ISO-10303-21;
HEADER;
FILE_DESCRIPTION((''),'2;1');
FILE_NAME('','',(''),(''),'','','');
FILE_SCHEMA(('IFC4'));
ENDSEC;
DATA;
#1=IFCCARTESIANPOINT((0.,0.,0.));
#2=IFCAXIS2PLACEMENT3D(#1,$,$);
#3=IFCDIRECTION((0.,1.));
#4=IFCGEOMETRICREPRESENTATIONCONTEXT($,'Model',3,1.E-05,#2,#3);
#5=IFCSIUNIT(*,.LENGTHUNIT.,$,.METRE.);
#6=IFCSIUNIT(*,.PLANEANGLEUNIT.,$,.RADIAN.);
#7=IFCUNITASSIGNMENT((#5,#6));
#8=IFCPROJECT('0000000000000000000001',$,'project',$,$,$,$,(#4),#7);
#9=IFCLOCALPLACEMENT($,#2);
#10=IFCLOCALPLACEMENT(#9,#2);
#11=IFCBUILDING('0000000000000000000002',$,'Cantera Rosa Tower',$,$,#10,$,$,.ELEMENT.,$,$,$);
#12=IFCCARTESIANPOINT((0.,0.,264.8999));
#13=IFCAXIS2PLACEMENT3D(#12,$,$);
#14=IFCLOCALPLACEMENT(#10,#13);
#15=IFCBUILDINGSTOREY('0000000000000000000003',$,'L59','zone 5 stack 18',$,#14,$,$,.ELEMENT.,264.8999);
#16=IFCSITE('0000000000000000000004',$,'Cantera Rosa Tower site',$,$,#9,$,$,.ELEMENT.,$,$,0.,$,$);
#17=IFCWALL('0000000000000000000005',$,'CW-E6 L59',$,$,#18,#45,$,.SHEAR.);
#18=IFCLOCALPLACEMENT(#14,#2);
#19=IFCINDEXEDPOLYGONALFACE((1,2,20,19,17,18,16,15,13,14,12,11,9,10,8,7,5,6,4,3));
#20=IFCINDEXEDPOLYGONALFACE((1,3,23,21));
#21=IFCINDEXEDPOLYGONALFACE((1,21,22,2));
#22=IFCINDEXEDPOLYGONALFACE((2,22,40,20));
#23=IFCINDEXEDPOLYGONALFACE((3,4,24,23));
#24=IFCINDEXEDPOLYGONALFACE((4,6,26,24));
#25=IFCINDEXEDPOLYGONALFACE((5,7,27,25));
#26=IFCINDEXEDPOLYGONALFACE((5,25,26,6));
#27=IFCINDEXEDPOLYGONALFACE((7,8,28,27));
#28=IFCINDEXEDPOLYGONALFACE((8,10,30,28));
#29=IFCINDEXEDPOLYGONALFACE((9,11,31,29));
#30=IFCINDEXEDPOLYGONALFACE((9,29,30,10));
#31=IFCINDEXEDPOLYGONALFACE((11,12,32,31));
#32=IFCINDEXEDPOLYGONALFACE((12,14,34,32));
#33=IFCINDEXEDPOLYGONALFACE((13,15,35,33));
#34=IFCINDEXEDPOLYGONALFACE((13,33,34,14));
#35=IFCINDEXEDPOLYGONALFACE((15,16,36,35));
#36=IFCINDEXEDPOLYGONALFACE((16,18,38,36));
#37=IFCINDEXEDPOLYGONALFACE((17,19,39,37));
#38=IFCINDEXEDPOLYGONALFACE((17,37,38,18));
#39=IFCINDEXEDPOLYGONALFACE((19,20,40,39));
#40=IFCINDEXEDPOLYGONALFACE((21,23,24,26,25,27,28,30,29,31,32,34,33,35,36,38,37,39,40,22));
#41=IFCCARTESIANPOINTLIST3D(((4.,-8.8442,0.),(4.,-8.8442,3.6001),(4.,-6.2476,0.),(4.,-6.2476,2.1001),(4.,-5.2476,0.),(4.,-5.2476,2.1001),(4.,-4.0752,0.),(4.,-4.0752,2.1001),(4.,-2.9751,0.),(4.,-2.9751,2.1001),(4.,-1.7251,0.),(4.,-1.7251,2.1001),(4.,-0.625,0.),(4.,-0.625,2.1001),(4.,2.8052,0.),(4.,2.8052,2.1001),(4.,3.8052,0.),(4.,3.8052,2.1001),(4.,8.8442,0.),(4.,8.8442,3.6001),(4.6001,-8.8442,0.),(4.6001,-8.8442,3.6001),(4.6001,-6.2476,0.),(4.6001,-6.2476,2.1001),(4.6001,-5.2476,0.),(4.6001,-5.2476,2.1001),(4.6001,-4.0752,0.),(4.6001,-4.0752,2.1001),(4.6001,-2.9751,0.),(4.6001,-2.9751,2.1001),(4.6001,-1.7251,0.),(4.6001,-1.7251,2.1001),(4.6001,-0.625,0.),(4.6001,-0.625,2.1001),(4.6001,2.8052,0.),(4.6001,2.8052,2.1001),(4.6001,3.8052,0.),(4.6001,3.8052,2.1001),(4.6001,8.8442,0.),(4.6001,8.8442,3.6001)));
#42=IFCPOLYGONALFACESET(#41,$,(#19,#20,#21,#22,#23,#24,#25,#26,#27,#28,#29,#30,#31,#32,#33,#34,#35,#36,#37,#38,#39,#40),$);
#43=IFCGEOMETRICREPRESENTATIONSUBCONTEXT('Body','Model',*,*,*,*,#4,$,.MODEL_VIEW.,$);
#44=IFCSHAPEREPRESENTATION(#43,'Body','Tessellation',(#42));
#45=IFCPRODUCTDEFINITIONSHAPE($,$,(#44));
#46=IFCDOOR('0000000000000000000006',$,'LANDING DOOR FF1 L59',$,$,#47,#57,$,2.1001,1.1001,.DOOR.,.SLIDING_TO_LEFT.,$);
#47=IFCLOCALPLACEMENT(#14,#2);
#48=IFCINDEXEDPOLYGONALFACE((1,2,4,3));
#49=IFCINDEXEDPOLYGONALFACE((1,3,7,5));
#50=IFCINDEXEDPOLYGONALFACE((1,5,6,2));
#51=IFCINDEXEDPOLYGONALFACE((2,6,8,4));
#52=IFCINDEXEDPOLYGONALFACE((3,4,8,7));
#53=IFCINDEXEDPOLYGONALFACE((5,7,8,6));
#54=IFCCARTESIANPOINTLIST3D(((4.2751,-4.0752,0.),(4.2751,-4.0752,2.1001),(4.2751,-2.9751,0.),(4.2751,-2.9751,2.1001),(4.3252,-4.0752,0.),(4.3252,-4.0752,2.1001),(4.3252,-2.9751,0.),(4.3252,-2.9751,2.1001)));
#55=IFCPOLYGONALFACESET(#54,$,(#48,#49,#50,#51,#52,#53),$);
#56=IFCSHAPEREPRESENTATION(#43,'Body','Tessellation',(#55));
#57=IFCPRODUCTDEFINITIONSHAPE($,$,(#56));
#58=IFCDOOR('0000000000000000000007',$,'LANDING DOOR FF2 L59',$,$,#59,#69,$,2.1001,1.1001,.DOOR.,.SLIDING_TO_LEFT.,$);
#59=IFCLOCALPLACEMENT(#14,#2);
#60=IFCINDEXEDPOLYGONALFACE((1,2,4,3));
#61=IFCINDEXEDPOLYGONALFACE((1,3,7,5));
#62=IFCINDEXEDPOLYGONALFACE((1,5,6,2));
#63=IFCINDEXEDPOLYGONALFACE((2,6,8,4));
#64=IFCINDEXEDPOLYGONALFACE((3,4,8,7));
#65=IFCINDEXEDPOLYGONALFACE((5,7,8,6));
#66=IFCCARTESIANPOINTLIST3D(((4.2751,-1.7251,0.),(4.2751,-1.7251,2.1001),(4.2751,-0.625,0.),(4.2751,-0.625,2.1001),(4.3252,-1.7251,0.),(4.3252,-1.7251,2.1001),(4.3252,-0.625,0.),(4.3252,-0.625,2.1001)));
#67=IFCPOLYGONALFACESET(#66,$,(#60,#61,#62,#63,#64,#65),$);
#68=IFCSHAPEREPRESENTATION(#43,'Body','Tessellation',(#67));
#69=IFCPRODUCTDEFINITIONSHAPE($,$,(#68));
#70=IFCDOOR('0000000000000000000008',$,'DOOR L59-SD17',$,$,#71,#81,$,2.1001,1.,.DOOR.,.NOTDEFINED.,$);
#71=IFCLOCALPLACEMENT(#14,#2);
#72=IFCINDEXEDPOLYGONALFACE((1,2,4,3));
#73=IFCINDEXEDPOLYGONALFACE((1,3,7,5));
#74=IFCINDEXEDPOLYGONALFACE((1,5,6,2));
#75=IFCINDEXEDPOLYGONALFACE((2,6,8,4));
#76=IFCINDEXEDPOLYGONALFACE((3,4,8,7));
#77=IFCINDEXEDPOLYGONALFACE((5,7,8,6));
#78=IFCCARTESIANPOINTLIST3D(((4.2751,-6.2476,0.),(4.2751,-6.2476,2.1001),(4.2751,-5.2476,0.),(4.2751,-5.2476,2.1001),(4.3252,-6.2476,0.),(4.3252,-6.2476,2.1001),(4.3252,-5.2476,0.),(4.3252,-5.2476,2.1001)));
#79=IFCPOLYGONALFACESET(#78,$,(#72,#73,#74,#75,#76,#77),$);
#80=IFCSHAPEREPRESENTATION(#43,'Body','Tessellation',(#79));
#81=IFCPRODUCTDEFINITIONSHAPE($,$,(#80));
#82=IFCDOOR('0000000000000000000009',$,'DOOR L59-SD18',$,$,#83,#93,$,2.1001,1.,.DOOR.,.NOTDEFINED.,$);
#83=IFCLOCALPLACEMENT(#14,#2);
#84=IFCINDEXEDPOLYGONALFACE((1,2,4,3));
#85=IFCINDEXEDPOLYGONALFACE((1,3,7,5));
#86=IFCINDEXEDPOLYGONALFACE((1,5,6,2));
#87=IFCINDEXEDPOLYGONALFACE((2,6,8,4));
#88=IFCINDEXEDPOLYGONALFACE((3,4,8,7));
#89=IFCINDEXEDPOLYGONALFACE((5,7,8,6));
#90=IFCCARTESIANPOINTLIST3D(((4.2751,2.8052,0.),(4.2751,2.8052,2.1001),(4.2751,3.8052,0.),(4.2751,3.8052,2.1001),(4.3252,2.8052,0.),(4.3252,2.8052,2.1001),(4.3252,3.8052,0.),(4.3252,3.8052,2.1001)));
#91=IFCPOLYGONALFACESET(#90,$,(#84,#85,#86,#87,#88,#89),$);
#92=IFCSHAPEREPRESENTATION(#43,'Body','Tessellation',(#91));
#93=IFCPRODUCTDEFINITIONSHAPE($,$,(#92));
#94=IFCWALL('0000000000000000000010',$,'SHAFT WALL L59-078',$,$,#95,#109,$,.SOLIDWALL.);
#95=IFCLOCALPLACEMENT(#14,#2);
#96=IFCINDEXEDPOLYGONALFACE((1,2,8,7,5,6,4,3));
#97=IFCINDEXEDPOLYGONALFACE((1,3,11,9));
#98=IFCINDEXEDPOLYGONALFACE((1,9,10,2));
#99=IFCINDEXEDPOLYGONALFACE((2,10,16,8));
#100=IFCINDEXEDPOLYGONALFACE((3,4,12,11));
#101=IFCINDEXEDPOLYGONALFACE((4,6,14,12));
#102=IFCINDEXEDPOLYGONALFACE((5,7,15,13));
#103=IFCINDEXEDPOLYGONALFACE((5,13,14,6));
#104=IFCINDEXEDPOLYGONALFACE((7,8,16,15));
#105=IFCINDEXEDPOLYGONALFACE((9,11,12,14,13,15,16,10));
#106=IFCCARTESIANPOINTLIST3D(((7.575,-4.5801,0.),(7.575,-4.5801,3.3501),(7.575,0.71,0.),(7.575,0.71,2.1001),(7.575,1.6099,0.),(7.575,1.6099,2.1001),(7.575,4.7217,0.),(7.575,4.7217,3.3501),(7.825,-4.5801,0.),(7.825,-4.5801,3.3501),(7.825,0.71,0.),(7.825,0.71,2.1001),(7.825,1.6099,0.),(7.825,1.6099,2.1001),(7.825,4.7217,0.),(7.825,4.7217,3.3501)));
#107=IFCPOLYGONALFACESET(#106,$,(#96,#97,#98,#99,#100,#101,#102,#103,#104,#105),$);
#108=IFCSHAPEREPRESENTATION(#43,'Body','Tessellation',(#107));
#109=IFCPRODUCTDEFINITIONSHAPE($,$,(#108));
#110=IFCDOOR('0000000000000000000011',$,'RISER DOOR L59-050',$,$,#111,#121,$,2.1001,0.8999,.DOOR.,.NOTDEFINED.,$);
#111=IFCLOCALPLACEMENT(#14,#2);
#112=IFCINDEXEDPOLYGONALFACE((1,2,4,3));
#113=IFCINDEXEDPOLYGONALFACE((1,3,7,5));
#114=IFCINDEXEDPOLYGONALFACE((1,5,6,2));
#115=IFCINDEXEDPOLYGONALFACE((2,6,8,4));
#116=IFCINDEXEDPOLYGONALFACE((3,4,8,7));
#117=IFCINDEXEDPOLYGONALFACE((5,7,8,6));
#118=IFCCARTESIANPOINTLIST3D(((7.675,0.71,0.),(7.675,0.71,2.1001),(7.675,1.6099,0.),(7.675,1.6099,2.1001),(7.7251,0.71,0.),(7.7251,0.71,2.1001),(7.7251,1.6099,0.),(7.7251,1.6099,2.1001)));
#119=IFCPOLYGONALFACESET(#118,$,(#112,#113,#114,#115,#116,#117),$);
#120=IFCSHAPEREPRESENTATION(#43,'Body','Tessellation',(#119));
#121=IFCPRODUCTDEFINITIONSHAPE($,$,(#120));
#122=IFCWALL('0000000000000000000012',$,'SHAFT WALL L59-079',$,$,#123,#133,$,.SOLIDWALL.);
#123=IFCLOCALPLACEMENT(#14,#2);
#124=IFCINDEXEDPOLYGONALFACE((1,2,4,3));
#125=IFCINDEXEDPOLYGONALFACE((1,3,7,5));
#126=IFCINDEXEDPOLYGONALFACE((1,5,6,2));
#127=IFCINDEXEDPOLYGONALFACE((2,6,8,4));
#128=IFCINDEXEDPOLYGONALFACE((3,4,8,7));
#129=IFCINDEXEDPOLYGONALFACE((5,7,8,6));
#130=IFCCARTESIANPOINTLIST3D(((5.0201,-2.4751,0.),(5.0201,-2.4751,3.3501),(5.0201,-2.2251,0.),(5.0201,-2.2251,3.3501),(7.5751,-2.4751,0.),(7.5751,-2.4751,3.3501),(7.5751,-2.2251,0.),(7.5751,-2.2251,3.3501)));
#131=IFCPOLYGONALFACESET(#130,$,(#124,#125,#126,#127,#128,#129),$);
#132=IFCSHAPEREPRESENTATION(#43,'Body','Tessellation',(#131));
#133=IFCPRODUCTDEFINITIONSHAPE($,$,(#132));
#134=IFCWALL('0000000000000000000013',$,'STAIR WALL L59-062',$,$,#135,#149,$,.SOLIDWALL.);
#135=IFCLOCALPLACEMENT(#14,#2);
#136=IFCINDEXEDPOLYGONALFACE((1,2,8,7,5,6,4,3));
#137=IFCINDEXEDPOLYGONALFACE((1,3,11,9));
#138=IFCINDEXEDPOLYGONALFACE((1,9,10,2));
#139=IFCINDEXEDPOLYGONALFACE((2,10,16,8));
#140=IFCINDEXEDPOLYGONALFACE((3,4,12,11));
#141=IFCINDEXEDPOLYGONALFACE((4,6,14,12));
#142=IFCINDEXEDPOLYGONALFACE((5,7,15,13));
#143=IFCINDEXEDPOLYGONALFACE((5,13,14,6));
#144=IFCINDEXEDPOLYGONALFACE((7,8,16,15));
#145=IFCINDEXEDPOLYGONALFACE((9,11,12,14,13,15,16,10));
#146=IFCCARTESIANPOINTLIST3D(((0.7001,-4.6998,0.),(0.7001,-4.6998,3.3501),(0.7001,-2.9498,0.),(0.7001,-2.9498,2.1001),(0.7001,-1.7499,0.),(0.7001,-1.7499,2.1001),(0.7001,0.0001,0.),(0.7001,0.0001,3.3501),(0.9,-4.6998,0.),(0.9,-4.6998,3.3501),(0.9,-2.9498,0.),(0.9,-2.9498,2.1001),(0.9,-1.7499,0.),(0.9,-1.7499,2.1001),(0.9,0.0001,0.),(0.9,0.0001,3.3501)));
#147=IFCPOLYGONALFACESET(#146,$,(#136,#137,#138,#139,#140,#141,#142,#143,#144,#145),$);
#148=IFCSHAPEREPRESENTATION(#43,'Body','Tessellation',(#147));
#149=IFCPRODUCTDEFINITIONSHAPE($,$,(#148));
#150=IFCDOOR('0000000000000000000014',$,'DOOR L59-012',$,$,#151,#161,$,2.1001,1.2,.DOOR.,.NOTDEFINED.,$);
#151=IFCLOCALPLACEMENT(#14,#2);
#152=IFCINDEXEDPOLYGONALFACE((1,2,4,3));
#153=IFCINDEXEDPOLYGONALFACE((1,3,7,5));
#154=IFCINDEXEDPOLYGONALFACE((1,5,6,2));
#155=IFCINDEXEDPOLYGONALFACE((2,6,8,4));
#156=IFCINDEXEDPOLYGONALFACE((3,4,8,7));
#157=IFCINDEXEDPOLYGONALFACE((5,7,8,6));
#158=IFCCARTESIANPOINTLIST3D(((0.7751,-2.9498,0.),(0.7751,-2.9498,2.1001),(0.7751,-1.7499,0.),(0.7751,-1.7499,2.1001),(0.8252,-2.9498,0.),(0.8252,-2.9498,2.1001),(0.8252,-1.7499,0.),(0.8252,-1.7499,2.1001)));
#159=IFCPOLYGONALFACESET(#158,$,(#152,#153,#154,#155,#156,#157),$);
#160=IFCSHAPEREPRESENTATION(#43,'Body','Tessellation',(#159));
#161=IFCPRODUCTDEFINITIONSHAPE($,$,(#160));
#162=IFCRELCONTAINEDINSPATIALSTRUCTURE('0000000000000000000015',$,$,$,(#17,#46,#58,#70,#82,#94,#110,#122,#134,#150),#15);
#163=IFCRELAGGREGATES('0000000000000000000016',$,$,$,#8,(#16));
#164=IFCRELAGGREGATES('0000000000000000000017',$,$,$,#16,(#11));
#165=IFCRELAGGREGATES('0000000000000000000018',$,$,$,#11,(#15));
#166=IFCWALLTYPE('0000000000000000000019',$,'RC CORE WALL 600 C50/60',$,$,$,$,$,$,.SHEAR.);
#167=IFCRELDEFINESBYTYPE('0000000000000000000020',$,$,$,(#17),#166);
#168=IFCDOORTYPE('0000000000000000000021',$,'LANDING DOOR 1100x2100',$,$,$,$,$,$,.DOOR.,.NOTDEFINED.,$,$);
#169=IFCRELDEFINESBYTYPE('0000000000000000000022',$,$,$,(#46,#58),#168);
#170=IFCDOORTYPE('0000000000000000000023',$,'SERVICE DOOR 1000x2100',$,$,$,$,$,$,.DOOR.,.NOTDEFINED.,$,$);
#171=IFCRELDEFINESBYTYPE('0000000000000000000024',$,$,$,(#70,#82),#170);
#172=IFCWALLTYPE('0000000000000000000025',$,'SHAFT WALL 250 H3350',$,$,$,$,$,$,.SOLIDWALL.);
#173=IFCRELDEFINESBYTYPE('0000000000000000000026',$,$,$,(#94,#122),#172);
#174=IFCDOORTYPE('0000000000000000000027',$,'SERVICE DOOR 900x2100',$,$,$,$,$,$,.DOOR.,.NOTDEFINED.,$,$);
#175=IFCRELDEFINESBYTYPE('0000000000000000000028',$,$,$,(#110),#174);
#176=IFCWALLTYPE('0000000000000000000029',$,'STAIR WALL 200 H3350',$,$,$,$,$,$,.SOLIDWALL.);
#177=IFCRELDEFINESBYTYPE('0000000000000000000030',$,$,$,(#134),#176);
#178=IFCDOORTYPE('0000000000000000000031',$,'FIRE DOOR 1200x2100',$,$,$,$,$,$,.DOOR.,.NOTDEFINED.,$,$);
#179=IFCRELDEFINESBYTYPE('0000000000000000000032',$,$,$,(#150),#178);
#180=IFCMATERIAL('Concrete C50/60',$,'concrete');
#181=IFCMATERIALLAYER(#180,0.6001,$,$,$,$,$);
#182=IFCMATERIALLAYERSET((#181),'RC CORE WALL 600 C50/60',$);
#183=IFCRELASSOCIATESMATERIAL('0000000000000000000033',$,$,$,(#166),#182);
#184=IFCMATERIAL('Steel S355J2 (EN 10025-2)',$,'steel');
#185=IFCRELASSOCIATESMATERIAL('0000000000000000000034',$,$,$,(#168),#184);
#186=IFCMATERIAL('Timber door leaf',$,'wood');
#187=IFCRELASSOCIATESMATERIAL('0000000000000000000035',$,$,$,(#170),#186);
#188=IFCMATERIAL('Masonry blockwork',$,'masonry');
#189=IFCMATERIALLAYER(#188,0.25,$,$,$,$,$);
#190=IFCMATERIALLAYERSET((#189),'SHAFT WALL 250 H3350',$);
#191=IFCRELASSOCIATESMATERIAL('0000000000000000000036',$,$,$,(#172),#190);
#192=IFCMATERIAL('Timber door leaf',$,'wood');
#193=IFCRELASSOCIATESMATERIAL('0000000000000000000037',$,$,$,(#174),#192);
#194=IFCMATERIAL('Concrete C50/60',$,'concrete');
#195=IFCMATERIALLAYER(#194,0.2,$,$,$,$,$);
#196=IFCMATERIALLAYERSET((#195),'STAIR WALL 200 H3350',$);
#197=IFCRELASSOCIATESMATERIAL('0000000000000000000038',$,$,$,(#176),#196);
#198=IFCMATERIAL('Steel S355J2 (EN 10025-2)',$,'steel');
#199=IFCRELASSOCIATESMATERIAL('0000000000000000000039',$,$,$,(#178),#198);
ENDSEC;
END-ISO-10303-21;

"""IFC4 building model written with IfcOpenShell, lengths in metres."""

from ifc_helpers import new_model, si_unit, direction, frame, frame_2d, origin, place, context, subcontext, project, spatial, rectangle, extrude, material, layer, layer_set, type_object, element, fill, save


model = new_model("IFC4")

# Units and contexts
model_context = context("Model", 3, precision=1e-05, world=origin(), true_north=direction((0.0, 1.0)))
body_context = subcontext(model_context, "Body", "Model", "MODEL_VIEW")
ifc_project = project(units=[si_unit("LENGTHUNIT", "METRE"), si_unit("PLANEANGLEUNIT", "RADIAN")], contexts=[model_context])

# Site, building, storey
site_placement = place(None, origin())
site = spatial("IfcSite", under=ifc_project, at=site_placement, Name="Cantera Rosa Tower site", CompositionType="ELEMENT", RefElevation=0.0)
building_placement = place(site_placement, origin())
building = spatial("IfcBuilding", under=site, at=building_placement, Name="Cantera Rosa Tower", CompositionType="ELEMENT")
storey_placement = place(building_placement, frame((0.0, 0.0, 264.8999)))
storey = spatial("IfcBuildingStorey", under=building, at=storey_placement, Name="L59", Description="zone 5 stack 18", CompositionType="ELEMENT", Elevation=264.8999)

# Shared definitions
ifc_material_1 = material(Name="Concrete C50/60", Category="concrete")
ifc_layer_1 = layer(ifc_material_1, 0.6001)
ifc_layer_set_1 = layer_set([ifc_layer_1], Name="RC CORE WALL 600 C50/60")
wall_type_1 = type_object("IfcWallType", Name="RC CORE WALL 600 C50/60", PredefinedType="SHEAR", material=ifc_layer_set_1)

# Wall, openings, doors
wall_1_placement = place(storey_placement, frame((4.3, -8.8442, 0.0), z_axis=(0.0, 0.0, 1.0), x_axis=(0.0, 1.0, 0.0)))
wall_1 = element("IfcWall", 1, at=wall_1_placement, inside=storey, type_object=wall_type_1, Name="CW-E6 L59", PredefinedType="SHEAR", context=body_context, shape_type="SweptSolid", body=[
    extrude(rectangle(XDim=17.6885, YDim=0.6001, at=frame_2d((8.8442, 0.0))), origin(), (0.0, 0.0, 1.0), 3.6001),
])
opening_1_placement = place(wall_1_placement, frame((4.769, 0.0, 0.0)))
opening_1 = element("IfcOpeningElement", 2, at=opening_1_placement, cuts=wall_1, PredefinedType="OPENING", context=body_context, shape_type="SweptSolid", body=[
    extrude(rectangle(XDim=1.1001, YDim=2.1001, at=frame_2d((0.55, 1.05))), frame((0.0, 0.3101, 0.0), z_axis=(0.0, -1.0, 0.0), x_axis=(1.0, 0.0, 0.0)), (0.0, 0.0, 1.0), 0.6201),
])
opening_2_placement = place(wall_1_placement, frame((7.1191, 0.0, 0.0)))
opening_2 = element("IfcOpeningElement", 3, at=opening_2_placement, cuts=wall_1, PredefinedType="OPENING", context=body_context, shape_type="SweptSolid", body=[
    extrude(rectangle(XDim=1.1001, YDim=2.1001, at=frame_2d((0.55, 1.05))), frame((0.0, 0.3101, 0.0), z_axis=(0.0, -1.0, 0.0), x_axis=(1.0, 0.0, 0.0)), (0.0, 0.0, 1.0), 0.6201),
])
opening_3_placement = place(wall_1_placement, frame((2.5967, 0.0, 0.0)))
opening_3 = element("IfcOpeningElement", 4, at=opening_3_placement, cuts=wall_1, PredefinedType="OPENING", context=body_context, shape_type="SweptSolid", body=[
    extrude(rectangle(XDim=1.0, YDim=2.1001, at=frame_2d((0.5, 1.05))), frame((0.0, 0.3101, 0.0), z_axis=(0.0, -1.0, 0.0), x_axis=(1.0, 0.0, 0.0)), (0.0, 0.0, 1.0), 0.6201),
])
opening_4_placement = place(wall_1_placement, frame((11.6494, 0.0, 0.0)))
opening_4 = element("IfcOpeningElement", 5, at=opening_4_placement, cuts=wall_1, PredefinedType="OPENING", context=body_context, shape_type="SweptSolid", body=[
    extrude(rectangle(XDim=1.0, YDim=2.1001, at=frame_2d((0.5, 1.05))), frame((0.0, 0.3101, 0.0), z_axis=(0.0, -1.0, 0.0), x_axis=(1.0, 0.0, 0.0)), (0.0, 0.0, 1.0), 0.6201),
])
ifc_material_2 = material(Name="Steel S355J2 (EN 10025-2)", Category="steel")
door_type_1 = type_object("IfcDoorType", Name="LANDING DOOR 1100x2100", OperationType="NOTDEFINED", PredefinedType="DOOR", material=ifc_material_2)
door_1_placement = place(opening_1_placement, origin())
door_1 = element("IfcDoor", 6, at=door_1_placement, inside=storey, type_object=door_type_1, Name="LANDING DOOR FF1 L59", OperationType="SLIDING_TO_LEFT", OverallHeight=2.1001, OverallWidth=1.1001, PredefinedType="DOOR", context=body_context, shape_type="SweptSolid", body=[
    extrude(rectangle(XDim=1.1001, YDim=2.1001, at=frame_2d((0.55, 1.05))), frame((0.0, 0.0249, 0.0), z_axis=(0.0, -1.0, 0.0), x_axis=(1.0, 0.0, 0.0)), (0.0, 0.0, 1.0), 0.05),
])
fill(opening_1, door_1)
door_2_placement = place(opening_2_placement, origin())
door_2 = element("IfcDoor", 7, at=door_2_placement, inside=storey, type_object=door_type_1, Name="LANDING DOOR FF2 L59", OperationType="SLIDING_TO_LEFT", OverallHeight=2.1001, OverallWidth=1.1001, PredefinedType="DOOR", context=body_context, shape_type="SweptSolid", body=[
    extrude(rectangle(XDim=1.1001, YDim=2.1001, at=frame_2d((0.55, 1.05))), frame((0.0, 0.0249, 0.0), z_axis=(0.0, -1.0, 0.0), x_axis=(1.0, 0.0, 0.0)), (0.0, 0.0, 1.0), 0.05),
])
fill(opening_2, door_2)
ifc_material_3 = material(Name="Timber door leaf", Category="wood")
door_type_2 = type_object("IfcDoorType", Name="SERVICE DOOR 1000x2100", OperationType="NOTDEFINED", PredefinedType="DOOR", material=ifc_material_3)
door_3_placement = place(opening_3_placement, origin())
door_3 = element("IfcDoor", 8, at=door_3_placement, inside=storey, type_object=door_type_2, Name="DOOR L59-SD17", OperationType="NOTDEFINED", OverallHeight=2.1001, OverallWidth=1.0, PredefinedType="DOOR", context=body_context, shape_type="SweptSolid", body=[
    extrude(rectangle(XDim=1.0, YDim=2.1001, at=frame_2d((0.5, 1.05))), frame((0.0, 0.0249, 0.0), z_axis=(0.0, -1.0, 0.0), x_axis=(1.0, 0.0, 0.0)), (0.0, 0.0, 1.0), 0.05),
])
fill(opening_3, door_3)
door_4_placement = place(opening_4_placement, origin())
door_4 = element("IfcDoor", 9, at=door_4_placement, inside=storey, type_object=door_type_2, Name="DOOR L59-SD18", OperationType="NOTDEFINED", OverallHeight=2.1001, OverallWidth=1.0, PredefinedType="DOOR", context=body_context, shape_type="SweptSolid", body=[
    extrude(rectangle(XDim=1.0, YDim=2.1001, at=frame_2d((0.5, 1.05))), frame((0.0, 0.0249, 0.0), z_axis=(0.0, -1.0, 0.0), x_axis=(1.0, 0.0, 0.0)), (0.0, 0.0, 1.0), 0.05),
])
fill(opening_4, door_4)

# Shared definitions
ifc_material_4 = material(Name="Masonry blockwork", Category="masonry")
ifc_layer_2 = layer(ifc_material_4, 0.25)
ifc_layer_set_2 = layer_set([ifc_layer_2], Name="SHAFT WALL 250 H3350")
wall_type_2 = type_object("IfcWallType", Name="SHAFT WALL 250 H3350", PredefinedType="SOLIDWALL", material=ifc_layer_set_2)

# Wall, opening, door
wall_2_placement = place(storey_placement, frame((7.7, -4.5801, 0.0), z_axis=(0.0, 0.0, 1.0), x_axis=(0.0, 1.0, 0.0)))
wall_2 = element("IfcWall", 10, at=wall_2_placement, inside=storey, type_object=wall_type_2, Name="SHAFT WALL L59-078", PredefinedType="SOLIDWALL", context=body_context, shape_type="SweptSolid", body=[
    extrude(rectangle(XDim=9.3018, YDim=0.25, at=frame_2d((4.6509, 0.0))), origin(), (0.0, 0.0, 1.0), 3.3501),
])
opening_5_placement = place(wall_2_placement, frame((5.29, 0.0, 0.0)))
opening_5 = element("IfcOpeningElement", 11, at=opening_5_placement, cuts=wall_2, PredefinedType="OPENING", context=body_context, shape_type="SweptSolid", body=[
    extrude(rectangle(XDim=0.8999, YDim=2.1001, at=frame_2d((0.45, 1.05))), frame((0.0, 0.135, 0.0), z_axis=(0.0, -1.0, 0.0), x_axis=(1.0, 0.0, 0.0)), (0.0, 0.0, 1.0), 0.27),
])
ifc_material_5 = material(Name="Timber door leaf", Category="wood")
door_type_3 = type_object("IfcDoorType", Name="SERVICE DOOR 900x2100", OperationType="NOTDEFINED", PredefinedType="DOOR", material=ifc_material_5)
door_5_placement = place(opening_5_placement, origin())
door_5 = element("IfcDoor", 12, at=door_5_placement, inside=storey, type_object=door_type_3, Name="RISER DOOR L59-050", OperationType="NOTDEFINED", OverallHeight=2.1001, OverallWidth=0.8999, PredefinedType="DOOR", context=body_context, shape_type="SweptSolid", body=[
    extrude(rectangle(XDim=0.8999, YDim=2.1001, at=frame_2d((0.45, 1.05))), frame((0.0, 0.0249, 0.0), z_axis=(0.0, -1.0, 0.0), x_axis=(1.0, 0.0, 0.0)), (0.0, 0.0, 1.0), 0.05),
])
fill(opening_5, door_5)

# Wall
wall_3_placement = place(storey_placement, frame((7.575, -2.3501, 0.0), z_axis=(0.0, 0.0, 1.0), x_axis=(-1.0, 0.0, 0.0)))
element("IfcWall", 13, at=wall_3_placement, inside=storey, type_object=wall_type_2, Name="SHAFT WALL L59-079", PredefinedType="SOLIDWALL", context=body_context, shape_type="SweptSolid", body=[
    extrude(rectangle(XDim=2.5549, YDim=0.25, at=frame_2d((1.2773, 0.0))), origin(), (0.0, 0.0, 1.0), 3.3501),
])

# Wall, opening, door
ifc_material_6 = material(Name="Concrete C50/60", Category="concrete")
ifc_layer_3 = layer(ifc_material_6, 0.2)
ifc_layer_set_3 = layer_set([ifc_layer_3], Name="STAIR WALL 200 H3350")
wall_type_3 = type_object("IfcWallType", Name="STAIR WALL 200 H3350", PredefinedType="SOLIDWALL", material=ifc_layer_set_3)
wall_4_placement = place(storey_placement, frame((0.8, -4.7, 0.0), z_axis=(0.0, 0.0, 1.0), x_axis=(0.0, 1.0, 0.0)))
wall_4 = element("IfcWall", 14, at=wall_4_placement, inside=storey, type_object=wall_type_3, Name="STAIR WALL L59-062", PredefinedType="SOLIDWALL", context=body_context, shape_type="SweptSolid", body=[
    extrude(rectangle(XDim=4.7, YDim=0.2, at=frame_2d((2.3501, 0.0))), origin(), (0.0, 0.0, 1.0), 3.3501),
])
opening_6_placement = place(wall_4_placement, frame((1.75, 0.0, 0.0)))
opening_6 = element("IfcOpeningElement", 15, at=opening_6_placement, cuts=wall_4, PredefinedType="OPENING", context=body_context, shape_type="SweptSolid", body=[
    extrude(rectangle(XDim=1.2, YDim=2.1001, at=frame_2d((0.6001, 1.05))), frame((0.0, 0.1099, 0.0), z_axis=(0.0, -1.0, 0.0), x_axis=(1.0, 0.0, 0.0)), (0.0, 0.0, 1.0), 0.22),
])
ifc_material_7 = material(Name="Steel S355J2 (EN 10025-2)", Category="steel")
door_type_4 = type_object("IfcDoorType", Name="FIRE DOOR 1200x2100", OperationType="NOTDEFINED", PredefinedType="DOOR", material=ifc_material_7)
door_6_placement = place(opening_6_placement, origin())
door_6 = element("IfcDoor", 16, at=door_6_placement, inside=storey, type_object=door_type_4, Name="DOOR L59-012", OperationType="NOTDEFINED", OverallHeight=2.1001, OverallWidth=1.2, PredefinedType="DOOR", context=body_context, shape_type="SweptSolid", body=[
    extrude(rectangle(XDim=1.2, YDim=2.1001, at=frame_2d((0.6001, 1.05))), frame((0.0, 0.0249, 0.0), z_axis=(0.0, -1.0, 0.0), x_axis=(1.0, 0.0, 0.0)), (0.0, 0.0, 1.0), 0.05),
])
fill(opening_6, door_6)

save(model, "model.ifc")
